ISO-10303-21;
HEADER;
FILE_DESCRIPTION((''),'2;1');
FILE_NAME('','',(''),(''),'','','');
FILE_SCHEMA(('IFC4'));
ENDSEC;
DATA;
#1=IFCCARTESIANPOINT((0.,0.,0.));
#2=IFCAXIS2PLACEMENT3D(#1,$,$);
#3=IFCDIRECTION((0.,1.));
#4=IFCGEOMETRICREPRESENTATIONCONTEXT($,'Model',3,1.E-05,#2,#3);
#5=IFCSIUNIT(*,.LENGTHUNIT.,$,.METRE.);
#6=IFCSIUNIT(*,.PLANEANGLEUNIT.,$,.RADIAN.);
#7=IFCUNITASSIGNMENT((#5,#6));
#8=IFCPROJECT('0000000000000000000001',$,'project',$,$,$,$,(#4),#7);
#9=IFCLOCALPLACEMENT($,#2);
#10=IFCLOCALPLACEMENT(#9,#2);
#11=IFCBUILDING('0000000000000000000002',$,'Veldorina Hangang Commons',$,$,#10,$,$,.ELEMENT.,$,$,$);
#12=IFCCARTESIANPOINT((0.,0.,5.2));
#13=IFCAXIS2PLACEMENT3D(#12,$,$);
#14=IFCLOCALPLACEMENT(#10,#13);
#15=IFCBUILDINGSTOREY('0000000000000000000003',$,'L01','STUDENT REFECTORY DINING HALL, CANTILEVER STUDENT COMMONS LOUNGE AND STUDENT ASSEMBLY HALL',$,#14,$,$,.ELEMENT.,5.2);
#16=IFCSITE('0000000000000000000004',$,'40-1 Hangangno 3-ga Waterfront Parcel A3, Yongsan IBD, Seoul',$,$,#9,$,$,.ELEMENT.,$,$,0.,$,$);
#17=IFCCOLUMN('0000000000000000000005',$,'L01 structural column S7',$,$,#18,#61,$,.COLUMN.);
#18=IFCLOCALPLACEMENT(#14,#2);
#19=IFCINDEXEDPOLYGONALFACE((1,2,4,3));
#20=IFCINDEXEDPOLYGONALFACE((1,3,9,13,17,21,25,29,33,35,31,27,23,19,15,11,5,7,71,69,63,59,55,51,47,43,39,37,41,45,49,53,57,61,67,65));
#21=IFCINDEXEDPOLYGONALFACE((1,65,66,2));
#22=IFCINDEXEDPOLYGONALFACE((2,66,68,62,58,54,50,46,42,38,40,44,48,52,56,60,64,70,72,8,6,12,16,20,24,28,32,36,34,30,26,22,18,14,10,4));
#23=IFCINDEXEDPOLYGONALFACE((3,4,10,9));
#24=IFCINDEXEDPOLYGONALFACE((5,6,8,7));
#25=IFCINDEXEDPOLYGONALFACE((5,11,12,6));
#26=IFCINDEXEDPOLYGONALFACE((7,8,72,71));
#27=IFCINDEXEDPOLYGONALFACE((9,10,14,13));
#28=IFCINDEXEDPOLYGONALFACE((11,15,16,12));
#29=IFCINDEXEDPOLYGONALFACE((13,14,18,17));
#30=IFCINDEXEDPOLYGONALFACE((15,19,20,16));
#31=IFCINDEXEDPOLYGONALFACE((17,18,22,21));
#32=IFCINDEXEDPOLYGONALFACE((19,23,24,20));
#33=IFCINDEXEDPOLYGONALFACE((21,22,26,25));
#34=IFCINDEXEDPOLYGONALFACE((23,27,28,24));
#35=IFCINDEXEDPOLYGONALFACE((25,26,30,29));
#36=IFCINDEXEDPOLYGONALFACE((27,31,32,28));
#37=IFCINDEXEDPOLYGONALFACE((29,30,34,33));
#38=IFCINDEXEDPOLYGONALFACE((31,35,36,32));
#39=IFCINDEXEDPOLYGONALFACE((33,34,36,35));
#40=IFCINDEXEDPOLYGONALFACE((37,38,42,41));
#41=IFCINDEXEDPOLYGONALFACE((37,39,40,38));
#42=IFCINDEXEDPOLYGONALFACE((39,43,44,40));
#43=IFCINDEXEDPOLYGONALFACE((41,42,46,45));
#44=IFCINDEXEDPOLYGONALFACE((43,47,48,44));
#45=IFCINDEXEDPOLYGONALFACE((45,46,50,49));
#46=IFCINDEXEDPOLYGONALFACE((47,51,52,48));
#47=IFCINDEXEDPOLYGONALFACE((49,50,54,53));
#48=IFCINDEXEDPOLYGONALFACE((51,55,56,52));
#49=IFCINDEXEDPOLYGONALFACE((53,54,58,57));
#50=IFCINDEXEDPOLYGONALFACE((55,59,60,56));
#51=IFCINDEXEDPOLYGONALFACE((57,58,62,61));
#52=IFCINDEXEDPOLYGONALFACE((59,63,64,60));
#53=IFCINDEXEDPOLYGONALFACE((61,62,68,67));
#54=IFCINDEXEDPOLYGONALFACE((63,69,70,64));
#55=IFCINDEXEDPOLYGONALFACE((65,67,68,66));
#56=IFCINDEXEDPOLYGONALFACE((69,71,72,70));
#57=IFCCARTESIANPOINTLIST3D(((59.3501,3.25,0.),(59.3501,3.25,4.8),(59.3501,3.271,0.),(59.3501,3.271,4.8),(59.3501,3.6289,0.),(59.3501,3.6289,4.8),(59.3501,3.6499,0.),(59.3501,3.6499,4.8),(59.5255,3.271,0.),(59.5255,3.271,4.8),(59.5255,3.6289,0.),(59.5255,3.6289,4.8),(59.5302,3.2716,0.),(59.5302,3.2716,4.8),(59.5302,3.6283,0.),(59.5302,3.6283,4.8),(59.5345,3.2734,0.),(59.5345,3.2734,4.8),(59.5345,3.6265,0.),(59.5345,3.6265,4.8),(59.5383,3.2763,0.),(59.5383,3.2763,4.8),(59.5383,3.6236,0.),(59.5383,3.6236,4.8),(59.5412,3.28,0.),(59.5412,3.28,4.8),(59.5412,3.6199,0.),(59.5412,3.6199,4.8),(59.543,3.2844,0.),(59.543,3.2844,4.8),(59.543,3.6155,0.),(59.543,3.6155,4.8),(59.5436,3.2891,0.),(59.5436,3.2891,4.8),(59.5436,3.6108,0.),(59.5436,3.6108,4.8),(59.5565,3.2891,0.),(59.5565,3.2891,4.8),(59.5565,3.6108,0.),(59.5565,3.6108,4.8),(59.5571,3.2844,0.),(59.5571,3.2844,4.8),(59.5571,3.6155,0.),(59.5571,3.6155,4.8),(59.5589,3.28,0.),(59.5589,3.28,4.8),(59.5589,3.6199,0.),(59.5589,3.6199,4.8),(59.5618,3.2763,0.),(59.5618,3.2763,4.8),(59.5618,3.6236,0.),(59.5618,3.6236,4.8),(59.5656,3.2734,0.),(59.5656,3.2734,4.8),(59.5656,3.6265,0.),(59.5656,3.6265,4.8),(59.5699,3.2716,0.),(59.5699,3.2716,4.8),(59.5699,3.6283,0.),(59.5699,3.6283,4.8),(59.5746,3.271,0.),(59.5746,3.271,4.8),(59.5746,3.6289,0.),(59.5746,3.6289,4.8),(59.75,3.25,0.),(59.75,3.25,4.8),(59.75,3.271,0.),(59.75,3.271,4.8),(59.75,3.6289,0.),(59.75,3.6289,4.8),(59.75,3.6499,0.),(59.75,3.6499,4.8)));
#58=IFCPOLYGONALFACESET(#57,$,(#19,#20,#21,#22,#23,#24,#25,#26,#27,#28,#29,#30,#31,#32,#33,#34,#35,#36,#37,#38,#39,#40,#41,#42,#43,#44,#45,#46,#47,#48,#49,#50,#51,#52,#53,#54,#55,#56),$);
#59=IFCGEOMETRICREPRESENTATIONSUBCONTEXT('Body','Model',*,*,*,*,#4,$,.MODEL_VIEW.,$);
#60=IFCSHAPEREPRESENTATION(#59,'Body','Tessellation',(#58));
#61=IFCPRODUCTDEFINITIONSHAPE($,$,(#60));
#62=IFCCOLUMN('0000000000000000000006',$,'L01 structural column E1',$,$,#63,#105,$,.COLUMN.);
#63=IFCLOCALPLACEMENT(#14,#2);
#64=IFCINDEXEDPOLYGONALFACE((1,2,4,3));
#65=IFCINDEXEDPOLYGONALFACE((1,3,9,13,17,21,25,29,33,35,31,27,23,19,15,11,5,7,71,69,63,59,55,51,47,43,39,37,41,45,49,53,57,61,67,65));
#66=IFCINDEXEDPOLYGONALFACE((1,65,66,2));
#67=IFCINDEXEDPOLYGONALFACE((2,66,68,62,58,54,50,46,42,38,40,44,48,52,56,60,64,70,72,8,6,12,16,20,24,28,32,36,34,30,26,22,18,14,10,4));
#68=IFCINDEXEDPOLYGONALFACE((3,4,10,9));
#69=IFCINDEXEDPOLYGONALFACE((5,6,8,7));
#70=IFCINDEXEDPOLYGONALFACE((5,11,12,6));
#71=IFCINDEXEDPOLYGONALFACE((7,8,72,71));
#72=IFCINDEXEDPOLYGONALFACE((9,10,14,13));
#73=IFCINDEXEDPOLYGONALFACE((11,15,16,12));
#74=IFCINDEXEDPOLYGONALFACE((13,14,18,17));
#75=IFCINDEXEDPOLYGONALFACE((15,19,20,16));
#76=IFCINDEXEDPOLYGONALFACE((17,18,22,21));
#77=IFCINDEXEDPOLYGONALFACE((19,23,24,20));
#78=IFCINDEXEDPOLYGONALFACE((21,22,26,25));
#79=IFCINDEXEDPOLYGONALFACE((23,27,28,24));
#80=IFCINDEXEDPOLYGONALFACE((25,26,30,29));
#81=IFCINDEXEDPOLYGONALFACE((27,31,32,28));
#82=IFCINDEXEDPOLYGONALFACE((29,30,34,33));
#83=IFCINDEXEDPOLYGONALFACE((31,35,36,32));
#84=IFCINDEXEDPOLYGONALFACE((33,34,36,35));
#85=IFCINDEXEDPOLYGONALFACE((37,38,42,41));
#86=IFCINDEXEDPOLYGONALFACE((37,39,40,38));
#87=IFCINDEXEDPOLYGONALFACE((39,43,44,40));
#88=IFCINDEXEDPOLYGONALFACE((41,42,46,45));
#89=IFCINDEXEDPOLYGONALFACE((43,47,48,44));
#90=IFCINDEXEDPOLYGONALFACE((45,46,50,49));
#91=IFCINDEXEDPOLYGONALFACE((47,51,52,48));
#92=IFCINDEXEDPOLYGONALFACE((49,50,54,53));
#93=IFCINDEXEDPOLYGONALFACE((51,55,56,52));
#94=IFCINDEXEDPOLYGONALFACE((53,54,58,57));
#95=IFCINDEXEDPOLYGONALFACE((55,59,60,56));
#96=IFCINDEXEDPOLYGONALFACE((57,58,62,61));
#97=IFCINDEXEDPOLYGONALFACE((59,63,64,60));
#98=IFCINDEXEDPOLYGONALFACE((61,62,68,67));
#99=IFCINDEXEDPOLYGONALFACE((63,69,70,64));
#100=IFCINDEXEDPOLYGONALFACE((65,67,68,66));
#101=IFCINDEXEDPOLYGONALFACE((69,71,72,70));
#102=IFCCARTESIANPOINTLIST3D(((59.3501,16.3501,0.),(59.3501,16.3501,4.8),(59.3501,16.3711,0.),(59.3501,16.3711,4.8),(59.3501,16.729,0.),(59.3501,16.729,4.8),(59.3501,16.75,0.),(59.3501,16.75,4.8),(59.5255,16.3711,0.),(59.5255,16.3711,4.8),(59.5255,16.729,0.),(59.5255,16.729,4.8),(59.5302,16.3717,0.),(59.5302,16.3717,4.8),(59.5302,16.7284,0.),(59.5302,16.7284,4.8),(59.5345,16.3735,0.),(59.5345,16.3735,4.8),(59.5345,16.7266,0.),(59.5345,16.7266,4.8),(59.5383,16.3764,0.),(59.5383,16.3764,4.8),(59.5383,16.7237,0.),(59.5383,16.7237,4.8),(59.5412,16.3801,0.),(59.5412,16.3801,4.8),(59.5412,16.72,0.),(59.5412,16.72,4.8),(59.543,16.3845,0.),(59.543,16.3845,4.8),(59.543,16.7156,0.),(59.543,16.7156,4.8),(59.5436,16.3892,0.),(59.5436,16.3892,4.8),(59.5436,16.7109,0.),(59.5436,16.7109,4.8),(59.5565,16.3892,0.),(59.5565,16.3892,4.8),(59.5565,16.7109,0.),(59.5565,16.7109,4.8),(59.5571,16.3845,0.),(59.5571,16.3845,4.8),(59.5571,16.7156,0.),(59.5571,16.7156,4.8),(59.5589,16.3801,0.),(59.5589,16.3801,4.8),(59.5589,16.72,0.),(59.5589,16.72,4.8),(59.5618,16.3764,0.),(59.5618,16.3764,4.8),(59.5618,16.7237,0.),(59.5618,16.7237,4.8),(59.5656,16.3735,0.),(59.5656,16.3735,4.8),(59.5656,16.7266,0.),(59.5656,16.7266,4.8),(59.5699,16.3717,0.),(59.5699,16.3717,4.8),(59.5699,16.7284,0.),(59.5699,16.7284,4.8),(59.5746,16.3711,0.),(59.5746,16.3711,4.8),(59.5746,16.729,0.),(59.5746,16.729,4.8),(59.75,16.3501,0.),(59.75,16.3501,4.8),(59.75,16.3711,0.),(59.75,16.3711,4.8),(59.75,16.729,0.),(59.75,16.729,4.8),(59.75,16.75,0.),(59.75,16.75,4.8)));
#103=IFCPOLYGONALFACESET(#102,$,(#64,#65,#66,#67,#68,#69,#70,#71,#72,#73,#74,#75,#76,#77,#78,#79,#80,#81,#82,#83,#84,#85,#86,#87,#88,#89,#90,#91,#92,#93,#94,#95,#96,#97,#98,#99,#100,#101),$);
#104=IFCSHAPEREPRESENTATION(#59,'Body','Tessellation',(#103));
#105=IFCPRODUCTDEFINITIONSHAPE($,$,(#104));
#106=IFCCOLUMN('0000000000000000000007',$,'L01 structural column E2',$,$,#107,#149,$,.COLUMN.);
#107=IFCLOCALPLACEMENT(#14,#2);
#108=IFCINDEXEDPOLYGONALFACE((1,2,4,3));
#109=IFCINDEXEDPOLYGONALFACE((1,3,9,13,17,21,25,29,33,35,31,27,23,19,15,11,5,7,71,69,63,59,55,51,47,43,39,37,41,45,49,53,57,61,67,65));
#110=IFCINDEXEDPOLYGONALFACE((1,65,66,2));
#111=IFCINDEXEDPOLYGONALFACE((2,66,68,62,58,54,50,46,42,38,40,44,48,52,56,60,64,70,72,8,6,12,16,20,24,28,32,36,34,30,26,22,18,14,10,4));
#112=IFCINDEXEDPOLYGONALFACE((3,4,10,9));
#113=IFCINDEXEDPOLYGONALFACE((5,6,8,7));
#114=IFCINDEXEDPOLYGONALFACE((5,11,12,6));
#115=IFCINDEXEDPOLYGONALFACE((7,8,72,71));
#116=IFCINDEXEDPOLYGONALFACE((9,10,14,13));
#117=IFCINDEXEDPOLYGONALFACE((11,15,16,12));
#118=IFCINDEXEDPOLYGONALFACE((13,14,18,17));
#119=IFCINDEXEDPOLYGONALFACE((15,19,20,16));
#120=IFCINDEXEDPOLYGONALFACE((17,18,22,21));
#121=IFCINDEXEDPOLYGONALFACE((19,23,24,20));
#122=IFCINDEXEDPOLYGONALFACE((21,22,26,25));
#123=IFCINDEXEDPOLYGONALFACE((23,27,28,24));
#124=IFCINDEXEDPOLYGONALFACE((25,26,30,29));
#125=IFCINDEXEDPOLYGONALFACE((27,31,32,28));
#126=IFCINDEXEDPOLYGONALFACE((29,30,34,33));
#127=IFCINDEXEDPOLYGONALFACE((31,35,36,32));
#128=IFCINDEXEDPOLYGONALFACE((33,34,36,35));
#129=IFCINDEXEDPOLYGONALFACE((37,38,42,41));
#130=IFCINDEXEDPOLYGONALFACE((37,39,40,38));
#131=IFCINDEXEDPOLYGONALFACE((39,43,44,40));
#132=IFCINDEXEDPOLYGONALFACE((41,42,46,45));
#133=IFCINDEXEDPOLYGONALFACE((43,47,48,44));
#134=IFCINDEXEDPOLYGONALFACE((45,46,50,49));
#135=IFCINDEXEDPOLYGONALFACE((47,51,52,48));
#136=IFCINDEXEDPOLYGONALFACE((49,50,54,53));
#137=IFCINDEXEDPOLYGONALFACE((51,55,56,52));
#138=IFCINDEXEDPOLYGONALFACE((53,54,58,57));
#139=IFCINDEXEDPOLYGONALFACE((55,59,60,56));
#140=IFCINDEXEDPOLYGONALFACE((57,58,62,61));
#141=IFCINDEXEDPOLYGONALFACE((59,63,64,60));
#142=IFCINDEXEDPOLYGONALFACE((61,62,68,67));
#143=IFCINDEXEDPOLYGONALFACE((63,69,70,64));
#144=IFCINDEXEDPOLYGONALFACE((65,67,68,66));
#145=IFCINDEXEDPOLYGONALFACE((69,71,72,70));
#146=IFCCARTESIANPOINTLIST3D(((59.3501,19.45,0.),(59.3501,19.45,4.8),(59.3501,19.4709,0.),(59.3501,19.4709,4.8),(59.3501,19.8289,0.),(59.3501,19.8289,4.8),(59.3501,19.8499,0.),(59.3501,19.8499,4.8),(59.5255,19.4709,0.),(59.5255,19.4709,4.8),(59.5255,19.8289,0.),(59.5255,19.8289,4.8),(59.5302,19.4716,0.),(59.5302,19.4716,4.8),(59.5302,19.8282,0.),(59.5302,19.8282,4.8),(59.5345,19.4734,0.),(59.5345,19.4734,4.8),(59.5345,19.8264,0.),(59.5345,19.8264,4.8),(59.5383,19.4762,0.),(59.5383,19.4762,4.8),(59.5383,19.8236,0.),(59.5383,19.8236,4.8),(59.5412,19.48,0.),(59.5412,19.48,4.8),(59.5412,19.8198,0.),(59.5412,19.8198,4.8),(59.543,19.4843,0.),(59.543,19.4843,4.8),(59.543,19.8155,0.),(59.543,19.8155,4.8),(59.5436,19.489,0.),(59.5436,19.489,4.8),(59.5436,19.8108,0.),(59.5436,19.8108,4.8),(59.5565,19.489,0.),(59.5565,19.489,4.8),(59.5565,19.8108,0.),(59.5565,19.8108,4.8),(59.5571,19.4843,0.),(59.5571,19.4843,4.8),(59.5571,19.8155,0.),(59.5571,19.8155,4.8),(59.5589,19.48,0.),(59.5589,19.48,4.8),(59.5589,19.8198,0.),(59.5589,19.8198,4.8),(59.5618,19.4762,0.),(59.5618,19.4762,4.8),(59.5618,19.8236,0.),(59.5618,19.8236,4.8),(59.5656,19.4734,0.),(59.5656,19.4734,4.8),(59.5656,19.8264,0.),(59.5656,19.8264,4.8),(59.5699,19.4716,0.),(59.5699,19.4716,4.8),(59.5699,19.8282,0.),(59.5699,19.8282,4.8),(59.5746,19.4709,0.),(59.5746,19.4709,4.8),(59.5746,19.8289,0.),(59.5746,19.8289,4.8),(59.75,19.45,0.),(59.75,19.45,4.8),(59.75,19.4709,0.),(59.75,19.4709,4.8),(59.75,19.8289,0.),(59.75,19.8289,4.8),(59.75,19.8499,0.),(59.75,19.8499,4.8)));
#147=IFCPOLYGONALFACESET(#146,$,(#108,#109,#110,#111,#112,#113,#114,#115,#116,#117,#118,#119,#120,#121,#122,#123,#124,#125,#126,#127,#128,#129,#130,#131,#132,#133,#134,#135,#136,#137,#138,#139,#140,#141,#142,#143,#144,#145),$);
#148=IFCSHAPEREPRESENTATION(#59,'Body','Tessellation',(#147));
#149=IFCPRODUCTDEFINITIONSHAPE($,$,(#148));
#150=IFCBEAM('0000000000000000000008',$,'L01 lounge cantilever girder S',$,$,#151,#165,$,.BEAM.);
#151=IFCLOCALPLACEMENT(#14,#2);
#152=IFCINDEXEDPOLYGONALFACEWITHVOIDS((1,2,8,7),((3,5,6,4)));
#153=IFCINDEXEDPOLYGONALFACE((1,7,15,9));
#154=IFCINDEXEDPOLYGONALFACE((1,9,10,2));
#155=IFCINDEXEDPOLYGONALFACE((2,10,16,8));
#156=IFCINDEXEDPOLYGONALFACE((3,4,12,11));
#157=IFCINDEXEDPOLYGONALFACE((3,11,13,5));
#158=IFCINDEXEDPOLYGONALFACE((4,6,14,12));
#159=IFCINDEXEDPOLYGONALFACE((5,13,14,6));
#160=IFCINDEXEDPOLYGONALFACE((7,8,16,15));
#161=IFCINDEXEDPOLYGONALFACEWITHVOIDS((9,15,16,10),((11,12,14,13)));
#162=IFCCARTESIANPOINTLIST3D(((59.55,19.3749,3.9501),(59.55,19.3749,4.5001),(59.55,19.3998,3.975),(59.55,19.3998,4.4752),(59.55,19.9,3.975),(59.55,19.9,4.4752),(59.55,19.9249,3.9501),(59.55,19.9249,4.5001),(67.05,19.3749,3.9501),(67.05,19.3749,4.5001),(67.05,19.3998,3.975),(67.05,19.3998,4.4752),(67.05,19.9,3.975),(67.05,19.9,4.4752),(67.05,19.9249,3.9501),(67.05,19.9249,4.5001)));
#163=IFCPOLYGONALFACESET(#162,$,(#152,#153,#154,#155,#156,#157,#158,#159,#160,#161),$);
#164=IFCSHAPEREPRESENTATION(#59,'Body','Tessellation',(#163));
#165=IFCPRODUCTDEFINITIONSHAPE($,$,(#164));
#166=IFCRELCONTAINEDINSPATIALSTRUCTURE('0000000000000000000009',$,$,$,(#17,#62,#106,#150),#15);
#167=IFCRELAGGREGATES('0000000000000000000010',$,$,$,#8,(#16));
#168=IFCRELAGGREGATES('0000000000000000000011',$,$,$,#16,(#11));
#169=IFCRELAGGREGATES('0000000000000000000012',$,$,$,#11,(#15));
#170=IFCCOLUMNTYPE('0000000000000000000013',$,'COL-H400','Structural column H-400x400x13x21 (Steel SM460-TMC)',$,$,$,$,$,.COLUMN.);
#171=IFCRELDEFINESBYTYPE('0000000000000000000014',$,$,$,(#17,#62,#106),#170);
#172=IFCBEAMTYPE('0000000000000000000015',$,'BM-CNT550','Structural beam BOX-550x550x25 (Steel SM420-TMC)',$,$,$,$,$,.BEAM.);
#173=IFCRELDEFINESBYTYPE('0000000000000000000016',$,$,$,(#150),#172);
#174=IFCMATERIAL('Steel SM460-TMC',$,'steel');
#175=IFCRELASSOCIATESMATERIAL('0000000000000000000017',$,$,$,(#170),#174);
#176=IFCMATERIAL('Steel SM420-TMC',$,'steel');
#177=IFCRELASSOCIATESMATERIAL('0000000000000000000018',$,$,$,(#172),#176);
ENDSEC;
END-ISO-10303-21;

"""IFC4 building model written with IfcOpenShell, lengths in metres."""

from ifc_helpers import new_model, si_unit, direction, frame, origin, origin_2d, place, context, subcontext, project, spatial, hollow_rectangle, i_section, extrude, material, material_profile, profile_set, type_object, element, save


model = new_model("IFC4")

# Units and contexts
model_context = context("Model", 3, precision=1e-05, world=origin(), true_north=direction((0.0, 1.0)))
body_context = subcontext(model_context, "Body", "Model", "MODEL_VIEW")
ifc_project = project(units=[si_unit("LENGTHUNIT", "METRE"), si_unit("PLANEANGLEUNIT", "RADIAN")], contexts=[model_context])

# Site, building, storey
site_placement = place(None, origin())
site = spatial("IfcSite", under=ifc_project, at=site_placement, Name="40-1 Hangangno 3-ga Waterfront Parcel A3, Yongsan IBD, Seoul", CompositionType="ELEMENT", RefElevation=0.0)
building_placement = place(site_placement, origin())
building = spatial("IfcBuilding", under=site, at=building_placement, Name="Veldorina Hangang Commons", CompositionType="ELEMENT")
storey_placement = place(building_placement, frame((0.0, 0.0, 5.2)))
storey = spatial("IfcBuildingStorey", under=building, at=storey_placement, Name="L01", Description="STUDENT REFECTORY DINING HALL, CANTILEVER STUDENT COMMONS LOUNGE AND STUDENT ASSEMBLY HALL", CompositionType="ELEMENT", Elevation=5.2)

# Columns
ifc_material_1 = material(Name="Steel SM460-TMC", Category="steel")
ifc_material_profile_1 = material_profile(ifc_material_1, i_section(OverallWidth=0.3999, OverallDepth=0.3999, WebThickness=0.0129, FlangeThickness=0.021, FilletRadius=0.0181, at=origin_2d()), Name="H-400x400x13x21")
ifc_profile_set_1 = profile_set([ifc_material_profile_1], Name="Steel SM460-TMC")
column_type = type_object("IfcColumnType", Name="COL-H400", Description="Structural column H-400x400x13x21 (Steel SM460-TMC)", PredefinedType="COLUMN", material=ifc_profile_set_1)
for number, where, z_axis, x_axis, name in (
    (1, (59.55, 3.45, 0.0), (0.0, 0.0, 1.0), (1.0, 0.0, 0.0), "L01 structural column S7"),
    (2, (59.55, 16.55, 0.0), (0.0, 0.0, 1.0), (1.0, 0.0, 0.0), "L01 structural column E1"),
    (3, (59.55, 19.6499, 0.0), (0.0, 0.0, 1.0), (1.0, 0.0, 0.0), "L01 structural column E2"),
):
    element("IfcColumn", number, at=place(storey_placement, frame(where, z_axis=z_axis, x_axis=x_axis)), inside=storey, type_object=column_type, Name=name, PredefinedType="COLUMN", context=body_context, shape_type="SweptSolid", body=[
        extrude(i_section(OverallWidth=0.3999, OverallDepth=0.3999, WebThickness=0.0129, FlangeThickness=0.021, FilletRadius=0.0181, at=origin_2d()), origin(), (0.0, 0.0, 1.0), 4.8),
    ])

# Beam
ifc_material_2 = material(Name="Steel SM420-TMC", Category="steel")
ifc_material_profile_2 = material_profile(ifc_material_2, hollow_rectangle(XDim=0.55, YDim=0.55, WallThickness=0.0249, at=origin_2d()), Name="BOX-550x550x25")
ifc_profile_set_2 = profile_set([ifc_material_profile_2], Name="Steel SM420-TMC")
beam_type_1 = type_object("IfcBeamType", Name="BM-CNT550", Description="Structural beam BOX-550x550x25 (Steel SM420-TMC)", PredefinedType="BEAM", material=ifc_profile_set_2)
beam_1_placement = place(storey_placement, frame((59.55, 19.6499, 4.2251), z_axis=(1.0, 0.0, 0.0), x_axis=(0.0, 1.0, 0.0)))
element("IfcBeam", 4, at=beam_1_placement, inside=storey, type_object=beam_type_1, Name="L01 lounge cantilever girder S", PredefinedType="BEAM", context=body_context, shape_type="SweptSolid", body=[
    extrude(hollow_rectangle(XDim=0.55, YDim=0.55, WallThickness=0.0249, at=origin_2d()), origin(), (0.0, 0.0, 1.0), 7.5),
])

save(model, "model.ifc")
